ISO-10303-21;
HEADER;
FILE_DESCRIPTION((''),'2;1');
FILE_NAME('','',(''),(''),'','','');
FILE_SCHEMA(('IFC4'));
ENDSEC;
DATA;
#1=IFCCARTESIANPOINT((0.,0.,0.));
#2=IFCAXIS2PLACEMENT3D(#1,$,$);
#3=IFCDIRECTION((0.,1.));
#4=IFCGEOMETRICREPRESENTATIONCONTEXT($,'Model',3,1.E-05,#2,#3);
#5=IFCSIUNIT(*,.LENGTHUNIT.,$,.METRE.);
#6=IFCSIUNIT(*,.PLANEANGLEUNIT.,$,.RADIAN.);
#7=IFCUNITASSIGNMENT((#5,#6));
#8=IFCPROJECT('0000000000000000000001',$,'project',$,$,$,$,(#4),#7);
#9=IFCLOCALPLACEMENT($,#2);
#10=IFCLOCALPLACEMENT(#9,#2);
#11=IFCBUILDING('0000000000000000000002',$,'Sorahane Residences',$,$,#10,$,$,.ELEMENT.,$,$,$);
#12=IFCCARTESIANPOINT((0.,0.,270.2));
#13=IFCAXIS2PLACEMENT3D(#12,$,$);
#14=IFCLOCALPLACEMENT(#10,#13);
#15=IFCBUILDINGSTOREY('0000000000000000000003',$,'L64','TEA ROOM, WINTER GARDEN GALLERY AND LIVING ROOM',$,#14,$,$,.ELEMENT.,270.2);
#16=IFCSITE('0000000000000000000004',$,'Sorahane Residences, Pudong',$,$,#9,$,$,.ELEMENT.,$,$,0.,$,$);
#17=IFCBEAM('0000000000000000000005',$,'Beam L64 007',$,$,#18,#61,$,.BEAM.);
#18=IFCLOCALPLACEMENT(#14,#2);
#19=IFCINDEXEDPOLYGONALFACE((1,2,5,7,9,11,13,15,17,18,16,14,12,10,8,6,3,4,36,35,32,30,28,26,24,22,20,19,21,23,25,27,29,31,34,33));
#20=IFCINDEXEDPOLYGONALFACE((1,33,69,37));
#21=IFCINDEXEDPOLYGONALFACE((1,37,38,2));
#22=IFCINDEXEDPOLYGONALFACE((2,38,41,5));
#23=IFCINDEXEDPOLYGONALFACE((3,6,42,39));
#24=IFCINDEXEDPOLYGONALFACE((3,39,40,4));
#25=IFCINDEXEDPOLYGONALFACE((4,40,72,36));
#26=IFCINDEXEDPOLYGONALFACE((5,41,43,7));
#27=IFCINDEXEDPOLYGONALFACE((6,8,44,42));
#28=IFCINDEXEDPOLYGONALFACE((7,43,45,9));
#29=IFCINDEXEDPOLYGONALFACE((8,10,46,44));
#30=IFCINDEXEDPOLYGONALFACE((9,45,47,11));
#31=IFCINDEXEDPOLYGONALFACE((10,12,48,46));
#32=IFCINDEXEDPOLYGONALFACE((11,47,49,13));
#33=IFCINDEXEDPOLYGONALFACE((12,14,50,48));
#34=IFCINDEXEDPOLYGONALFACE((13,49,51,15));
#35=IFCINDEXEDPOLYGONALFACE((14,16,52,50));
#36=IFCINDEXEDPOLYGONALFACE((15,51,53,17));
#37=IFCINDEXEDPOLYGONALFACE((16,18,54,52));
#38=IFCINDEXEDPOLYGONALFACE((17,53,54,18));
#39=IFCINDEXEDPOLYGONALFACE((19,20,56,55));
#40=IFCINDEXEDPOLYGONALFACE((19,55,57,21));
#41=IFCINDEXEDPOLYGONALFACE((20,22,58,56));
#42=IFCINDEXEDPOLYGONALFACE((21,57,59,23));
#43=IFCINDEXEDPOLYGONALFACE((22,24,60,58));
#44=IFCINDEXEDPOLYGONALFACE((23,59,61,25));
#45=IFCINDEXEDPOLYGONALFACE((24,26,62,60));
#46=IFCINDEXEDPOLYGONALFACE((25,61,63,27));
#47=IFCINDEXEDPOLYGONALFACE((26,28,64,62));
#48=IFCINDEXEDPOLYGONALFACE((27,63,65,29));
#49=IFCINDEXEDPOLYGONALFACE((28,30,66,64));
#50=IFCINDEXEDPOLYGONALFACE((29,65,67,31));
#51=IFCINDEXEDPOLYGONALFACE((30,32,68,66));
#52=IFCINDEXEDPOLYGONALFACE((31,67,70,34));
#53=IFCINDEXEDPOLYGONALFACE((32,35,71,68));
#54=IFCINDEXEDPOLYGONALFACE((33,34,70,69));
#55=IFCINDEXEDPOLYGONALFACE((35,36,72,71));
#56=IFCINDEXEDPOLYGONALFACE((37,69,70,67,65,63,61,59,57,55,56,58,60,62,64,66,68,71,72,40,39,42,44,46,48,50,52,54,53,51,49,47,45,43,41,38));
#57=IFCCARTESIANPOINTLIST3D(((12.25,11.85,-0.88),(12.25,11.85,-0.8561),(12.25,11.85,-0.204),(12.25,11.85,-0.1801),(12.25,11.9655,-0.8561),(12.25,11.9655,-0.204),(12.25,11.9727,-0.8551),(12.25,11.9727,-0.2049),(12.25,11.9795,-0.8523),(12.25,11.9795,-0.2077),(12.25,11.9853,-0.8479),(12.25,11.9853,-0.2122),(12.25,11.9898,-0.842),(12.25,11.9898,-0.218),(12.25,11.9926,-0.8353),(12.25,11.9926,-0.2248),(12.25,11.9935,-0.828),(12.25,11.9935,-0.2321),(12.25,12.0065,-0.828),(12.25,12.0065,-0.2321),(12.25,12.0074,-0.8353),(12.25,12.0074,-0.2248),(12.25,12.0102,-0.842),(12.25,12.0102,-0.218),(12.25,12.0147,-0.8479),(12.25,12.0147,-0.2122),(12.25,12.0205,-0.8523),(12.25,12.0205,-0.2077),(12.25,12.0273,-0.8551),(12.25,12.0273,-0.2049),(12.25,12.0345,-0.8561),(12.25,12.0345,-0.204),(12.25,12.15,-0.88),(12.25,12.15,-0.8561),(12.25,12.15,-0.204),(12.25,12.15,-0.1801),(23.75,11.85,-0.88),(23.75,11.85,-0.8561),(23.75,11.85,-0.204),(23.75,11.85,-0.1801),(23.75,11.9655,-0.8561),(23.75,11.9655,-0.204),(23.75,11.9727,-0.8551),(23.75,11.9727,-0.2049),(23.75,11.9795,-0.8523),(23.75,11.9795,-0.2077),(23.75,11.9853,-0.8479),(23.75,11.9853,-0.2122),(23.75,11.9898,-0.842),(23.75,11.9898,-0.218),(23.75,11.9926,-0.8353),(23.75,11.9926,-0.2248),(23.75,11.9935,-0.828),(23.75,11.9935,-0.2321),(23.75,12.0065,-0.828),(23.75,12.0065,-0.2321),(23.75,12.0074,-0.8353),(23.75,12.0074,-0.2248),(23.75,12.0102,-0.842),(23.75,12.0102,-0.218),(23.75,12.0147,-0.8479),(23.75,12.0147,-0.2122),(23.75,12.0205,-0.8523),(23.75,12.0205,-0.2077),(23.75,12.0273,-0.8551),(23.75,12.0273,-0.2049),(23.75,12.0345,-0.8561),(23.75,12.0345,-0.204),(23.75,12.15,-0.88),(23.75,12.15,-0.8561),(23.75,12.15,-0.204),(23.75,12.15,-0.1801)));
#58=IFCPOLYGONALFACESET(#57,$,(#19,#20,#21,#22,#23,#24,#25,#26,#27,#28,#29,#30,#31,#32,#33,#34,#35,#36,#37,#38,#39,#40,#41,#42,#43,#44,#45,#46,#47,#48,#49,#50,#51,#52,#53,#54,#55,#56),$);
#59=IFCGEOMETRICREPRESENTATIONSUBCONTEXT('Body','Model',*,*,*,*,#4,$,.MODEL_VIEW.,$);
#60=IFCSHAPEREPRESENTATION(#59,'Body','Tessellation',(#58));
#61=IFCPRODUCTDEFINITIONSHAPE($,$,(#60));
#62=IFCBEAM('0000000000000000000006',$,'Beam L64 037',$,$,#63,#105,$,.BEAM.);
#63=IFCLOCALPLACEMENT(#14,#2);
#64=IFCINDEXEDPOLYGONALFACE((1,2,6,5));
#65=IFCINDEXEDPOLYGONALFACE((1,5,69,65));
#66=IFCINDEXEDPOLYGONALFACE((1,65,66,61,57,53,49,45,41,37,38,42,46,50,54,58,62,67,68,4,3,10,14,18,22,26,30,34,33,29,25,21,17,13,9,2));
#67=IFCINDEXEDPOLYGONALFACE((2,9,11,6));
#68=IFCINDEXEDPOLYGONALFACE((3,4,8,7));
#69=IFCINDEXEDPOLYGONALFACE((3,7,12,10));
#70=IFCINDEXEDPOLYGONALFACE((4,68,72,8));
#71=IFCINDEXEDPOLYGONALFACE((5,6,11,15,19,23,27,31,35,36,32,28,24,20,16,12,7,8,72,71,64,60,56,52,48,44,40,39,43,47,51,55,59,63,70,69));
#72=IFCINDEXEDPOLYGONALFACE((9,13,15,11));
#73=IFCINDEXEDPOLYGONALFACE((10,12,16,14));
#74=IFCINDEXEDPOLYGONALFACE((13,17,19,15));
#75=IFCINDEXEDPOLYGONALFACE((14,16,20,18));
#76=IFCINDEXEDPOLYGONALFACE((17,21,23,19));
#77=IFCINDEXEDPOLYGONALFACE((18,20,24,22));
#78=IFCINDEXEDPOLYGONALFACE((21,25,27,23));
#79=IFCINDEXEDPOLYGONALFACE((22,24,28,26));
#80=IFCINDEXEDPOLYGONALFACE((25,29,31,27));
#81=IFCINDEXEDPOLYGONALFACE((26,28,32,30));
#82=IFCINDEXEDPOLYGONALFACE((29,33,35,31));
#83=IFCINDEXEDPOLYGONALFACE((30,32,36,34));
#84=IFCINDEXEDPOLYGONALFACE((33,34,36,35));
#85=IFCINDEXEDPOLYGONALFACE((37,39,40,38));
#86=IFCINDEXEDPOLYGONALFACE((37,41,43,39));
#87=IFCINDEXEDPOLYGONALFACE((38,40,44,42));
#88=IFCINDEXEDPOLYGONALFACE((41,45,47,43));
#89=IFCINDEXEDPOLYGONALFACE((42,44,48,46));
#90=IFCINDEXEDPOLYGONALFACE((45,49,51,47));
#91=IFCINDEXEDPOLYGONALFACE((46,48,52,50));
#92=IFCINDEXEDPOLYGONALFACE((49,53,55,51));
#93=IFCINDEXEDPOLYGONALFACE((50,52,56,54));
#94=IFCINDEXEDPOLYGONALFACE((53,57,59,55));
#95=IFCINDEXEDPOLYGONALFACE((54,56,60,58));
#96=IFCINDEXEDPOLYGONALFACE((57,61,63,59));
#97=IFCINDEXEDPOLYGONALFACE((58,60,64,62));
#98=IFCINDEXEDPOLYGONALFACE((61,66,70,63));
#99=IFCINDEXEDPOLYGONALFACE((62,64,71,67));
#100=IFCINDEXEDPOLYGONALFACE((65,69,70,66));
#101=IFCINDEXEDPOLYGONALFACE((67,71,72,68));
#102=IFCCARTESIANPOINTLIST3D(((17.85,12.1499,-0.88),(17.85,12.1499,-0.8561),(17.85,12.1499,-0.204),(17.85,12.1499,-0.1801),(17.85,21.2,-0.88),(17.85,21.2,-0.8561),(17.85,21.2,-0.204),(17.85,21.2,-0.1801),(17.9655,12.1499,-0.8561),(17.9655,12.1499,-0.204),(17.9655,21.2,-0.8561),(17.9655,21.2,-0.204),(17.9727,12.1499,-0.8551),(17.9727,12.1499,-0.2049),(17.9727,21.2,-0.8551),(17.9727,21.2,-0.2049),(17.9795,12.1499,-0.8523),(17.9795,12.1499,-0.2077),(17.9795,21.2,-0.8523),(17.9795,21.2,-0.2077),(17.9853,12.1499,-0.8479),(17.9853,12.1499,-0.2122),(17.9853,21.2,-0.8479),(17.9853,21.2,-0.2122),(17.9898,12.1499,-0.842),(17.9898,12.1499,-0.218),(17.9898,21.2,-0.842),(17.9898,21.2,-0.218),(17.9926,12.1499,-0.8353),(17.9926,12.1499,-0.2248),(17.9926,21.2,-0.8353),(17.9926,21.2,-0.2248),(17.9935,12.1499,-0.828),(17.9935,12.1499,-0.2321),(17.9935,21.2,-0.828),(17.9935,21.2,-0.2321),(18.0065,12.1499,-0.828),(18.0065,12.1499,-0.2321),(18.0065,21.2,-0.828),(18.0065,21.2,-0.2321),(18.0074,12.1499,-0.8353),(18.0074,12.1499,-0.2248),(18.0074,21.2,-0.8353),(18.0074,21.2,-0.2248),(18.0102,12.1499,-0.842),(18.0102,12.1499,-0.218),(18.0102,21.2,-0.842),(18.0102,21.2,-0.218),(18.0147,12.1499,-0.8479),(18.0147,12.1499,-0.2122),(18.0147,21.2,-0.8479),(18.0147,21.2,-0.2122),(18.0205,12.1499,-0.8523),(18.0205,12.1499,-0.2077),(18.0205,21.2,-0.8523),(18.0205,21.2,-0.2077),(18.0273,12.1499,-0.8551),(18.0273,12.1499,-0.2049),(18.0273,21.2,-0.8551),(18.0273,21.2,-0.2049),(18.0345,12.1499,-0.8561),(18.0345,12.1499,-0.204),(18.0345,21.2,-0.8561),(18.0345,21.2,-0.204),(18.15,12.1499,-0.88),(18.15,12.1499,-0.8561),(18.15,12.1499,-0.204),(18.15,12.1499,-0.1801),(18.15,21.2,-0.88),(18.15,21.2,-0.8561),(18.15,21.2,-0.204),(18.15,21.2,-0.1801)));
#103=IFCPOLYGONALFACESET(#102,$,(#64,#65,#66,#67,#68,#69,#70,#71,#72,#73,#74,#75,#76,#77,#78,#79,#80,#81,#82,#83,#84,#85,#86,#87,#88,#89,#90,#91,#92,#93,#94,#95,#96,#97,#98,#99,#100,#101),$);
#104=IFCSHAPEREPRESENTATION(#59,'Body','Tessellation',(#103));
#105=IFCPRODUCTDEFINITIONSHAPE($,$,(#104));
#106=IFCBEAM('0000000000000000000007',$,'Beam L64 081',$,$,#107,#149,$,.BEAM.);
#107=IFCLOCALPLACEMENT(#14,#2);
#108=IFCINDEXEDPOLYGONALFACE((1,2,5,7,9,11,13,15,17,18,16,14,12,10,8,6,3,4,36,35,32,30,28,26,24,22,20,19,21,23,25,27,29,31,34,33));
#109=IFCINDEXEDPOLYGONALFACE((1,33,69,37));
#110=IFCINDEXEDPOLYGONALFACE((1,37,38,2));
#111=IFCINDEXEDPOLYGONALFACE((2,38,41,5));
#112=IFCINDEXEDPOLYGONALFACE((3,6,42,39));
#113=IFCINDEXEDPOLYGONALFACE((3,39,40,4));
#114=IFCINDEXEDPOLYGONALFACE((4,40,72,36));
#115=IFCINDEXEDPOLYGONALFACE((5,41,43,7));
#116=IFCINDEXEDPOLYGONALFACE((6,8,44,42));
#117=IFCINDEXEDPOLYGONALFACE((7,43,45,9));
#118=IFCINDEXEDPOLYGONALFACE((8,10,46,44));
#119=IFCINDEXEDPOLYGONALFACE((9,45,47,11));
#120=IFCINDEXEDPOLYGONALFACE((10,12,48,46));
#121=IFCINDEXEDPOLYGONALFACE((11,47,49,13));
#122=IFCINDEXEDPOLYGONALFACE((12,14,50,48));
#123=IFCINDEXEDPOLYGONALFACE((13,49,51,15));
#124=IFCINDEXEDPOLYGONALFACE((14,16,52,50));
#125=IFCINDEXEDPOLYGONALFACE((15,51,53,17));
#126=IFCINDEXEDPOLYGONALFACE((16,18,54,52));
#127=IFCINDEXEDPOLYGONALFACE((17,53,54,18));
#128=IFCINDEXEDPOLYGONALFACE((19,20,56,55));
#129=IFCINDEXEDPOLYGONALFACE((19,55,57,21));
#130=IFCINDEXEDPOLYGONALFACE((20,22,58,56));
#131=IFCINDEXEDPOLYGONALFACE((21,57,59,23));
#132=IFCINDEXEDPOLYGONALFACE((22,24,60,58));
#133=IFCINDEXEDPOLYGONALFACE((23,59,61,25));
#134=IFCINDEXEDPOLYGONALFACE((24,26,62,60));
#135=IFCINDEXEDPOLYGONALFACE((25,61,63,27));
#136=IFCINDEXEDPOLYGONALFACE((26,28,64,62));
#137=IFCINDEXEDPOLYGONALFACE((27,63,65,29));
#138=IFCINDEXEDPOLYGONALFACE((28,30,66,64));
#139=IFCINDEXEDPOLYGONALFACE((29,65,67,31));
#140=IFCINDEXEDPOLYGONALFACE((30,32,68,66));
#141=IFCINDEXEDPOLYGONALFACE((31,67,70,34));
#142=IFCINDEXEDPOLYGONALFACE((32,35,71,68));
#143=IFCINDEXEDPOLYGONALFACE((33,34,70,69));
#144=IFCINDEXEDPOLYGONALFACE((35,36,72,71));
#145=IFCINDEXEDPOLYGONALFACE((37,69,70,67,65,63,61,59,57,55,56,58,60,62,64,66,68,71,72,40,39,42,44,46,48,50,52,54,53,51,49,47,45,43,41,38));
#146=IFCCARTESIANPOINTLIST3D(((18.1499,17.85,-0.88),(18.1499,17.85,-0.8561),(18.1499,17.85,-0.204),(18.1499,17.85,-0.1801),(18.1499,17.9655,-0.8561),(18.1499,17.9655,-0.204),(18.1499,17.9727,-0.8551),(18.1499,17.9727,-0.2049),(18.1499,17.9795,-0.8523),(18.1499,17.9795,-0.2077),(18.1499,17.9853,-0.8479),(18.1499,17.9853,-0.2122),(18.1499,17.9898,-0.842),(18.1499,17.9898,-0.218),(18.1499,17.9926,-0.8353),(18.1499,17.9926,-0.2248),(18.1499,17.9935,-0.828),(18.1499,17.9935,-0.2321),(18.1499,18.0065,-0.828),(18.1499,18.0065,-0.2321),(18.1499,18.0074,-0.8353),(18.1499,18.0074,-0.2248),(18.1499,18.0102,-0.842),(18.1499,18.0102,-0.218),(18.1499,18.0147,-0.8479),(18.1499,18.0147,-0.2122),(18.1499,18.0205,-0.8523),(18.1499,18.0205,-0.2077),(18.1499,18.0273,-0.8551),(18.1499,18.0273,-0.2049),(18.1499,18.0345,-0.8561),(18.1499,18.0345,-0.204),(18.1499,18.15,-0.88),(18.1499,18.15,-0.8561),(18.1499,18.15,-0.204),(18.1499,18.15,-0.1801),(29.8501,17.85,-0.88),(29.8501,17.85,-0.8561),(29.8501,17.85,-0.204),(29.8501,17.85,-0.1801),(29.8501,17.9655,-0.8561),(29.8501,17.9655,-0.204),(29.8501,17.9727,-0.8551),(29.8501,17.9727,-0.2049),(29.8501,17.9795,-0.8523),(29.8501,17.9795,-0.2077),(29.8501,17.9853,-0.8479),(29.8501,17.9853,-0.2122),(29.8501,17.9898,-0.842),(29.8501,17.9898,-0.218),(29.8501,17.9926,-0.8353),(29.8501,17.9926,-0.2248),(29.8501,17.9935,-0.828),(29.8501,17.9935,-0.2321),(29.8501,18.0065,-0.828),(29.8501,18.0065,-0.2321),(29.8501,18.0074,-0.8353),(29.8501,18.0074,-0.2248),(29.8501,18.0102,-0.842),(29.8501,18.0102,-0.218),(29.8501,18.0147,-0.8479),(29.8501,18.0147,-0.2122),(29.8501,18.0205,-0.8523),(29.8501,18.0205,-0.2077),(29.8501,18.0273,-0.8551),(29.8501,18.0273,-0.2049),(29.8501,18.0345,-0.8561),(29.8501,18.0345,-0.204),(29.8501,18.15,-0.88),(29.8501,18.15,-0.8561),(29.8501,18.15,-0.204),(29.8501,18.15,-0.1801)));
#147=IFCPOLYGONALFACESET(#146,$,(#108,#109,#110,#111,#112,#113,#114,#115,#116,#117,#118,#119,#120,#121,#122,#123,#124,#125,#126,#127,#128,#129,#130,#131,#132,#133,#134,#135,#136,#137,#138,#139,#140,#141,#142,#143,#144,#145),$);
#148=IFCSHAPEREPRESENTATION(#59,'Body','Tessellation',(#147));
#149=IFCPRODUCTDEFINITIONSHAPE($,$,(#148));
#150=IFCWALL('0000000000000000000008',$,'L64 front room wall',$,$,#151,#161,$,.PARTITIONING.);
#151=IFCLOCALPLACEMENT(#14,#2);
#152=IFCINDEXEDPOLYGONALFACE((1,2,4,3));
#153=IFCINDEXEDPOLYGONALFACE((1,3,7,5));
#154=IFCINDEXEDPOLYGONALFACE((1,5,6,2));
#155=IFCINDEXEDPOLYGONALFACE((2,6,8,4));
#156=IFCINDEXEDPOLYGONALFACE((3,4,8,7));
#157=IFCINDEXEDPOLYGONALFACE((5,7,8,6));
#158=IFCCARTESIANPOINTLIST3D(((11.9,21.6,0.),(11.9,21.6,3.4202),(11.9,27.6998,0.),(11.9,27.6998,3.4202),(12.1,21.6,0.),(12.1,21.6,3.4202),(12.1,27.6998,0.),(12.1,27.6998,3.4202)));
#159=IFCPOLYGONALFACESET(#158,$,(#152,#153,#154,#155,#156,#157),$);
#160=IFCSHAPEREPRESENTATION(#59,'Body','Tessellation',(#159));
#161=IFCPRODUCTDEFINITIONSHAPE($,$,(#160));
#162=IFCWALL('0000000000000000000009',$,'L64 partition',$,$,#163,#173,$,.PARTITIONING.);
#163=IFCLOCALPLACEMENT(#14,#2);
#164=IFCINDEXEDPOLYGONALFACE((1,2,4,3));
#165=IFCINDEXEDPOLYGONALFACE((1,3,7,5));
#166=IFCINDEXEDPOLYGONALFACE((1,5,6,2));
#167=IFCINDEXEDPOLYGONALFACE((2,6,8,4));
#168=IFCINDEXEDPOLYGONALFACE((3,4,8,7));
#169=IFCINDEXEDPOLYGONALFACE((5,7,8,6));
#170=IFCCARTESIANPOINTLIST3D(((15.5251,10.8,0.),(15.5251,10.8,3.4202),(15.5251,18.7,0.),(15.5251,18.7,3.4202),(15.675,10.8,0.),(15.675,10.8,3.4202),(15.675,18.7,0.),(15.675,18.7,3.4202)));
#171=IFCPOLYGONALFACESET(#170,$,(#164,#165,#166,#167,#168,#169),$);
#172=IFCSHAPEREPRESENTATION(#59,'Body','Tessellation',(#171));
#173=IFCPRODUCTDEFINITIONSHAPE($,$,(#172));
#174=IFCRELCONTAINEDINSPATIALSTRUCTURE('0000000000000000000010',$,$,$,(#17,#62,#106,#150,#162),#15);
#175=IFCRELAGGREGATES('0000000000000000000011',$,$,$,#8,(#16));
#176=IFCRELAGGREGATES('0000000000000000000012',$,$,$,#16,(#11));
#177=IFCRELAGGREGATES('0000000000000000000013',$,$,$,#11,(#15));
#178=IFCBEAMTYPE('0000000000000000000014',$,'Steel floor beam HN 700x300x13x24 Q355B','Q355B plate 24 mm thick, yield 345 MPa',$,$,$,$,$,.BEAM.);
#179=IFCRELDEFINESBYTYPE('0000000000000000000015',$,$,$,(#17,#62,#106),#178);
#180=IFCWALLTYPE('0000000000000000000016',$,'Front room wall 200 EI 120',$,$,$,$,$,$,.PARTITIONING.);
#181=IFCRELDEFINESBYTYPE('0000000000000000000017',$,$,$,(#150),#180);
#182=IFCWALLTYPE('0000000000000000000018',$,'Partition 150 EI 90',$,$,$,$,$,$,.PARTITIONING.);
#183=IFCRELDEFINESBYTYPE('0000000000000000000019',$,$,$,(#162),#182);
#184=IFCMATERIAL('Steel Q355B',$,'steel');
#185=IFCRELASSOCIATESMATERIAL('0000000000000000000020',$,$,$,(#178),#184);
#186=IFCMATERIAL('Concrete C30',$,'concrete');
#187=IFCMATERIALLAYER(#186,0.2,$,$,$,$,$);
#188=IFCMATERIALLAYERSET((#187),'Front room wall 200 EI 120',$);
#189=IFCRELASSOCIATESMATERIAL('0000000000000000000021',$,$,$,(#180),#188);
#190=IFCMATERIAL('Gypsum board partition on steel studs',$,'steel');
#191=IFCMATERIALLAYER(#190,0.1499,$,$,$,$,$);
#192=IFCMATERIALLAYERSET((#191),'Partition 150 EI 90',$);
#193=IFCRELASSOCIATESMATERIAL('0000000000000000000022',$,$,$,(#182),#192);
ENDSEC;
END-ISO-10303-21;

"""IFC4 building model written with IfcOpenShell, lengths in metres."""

from ifc_helpers import new_model, si_unit, direction, frame, frame_2d, origin, origin_2d, place, context, subcontext, project, spatial, rectangle, i_section, extrude, material, layer, layer_set, material_profile, profile_set, type_object, element, save


model = new_model("IFC4")

# Units and contexts
model_context = context("Model", 3, precision=1e-05, world=origin(), true_north=direction((0.0, 1.0)))
body_context = subcontext(model_context, "Body", "Model", "MODEL_VIEW")
ifc_project = project(units=[si_unit("LENGTHUNIT", "METRE"), si_unit("PLANEANGLEUNIT", "RADIAN")], contexts=[model_context])

# Site, building, storey
site_placement = place(None, origin())
site = spatial("IfcSite", under=ifc_project, at=site_placement, Name="Sorahane Residences, Pudong", CompositionType="ELEMENT", RefElevation=0.0)
building_placement = place(site_placement, origin())
building = spatial("IfcBuilding", under=site, at=building_placement, Name="Sorahane Residences", CompositionType="ELEMENT")
storey_placement = place(building_placement, frame((0.0, 0.0, 270.2)))
storey = spatial("IfcBuildingStorey", under=building, at=storey_placement, Name="L64", Description="TEA ROOM, WINTER GARDEN GALLERY AND LIVING ROOM", CompositionType="ELEMENT", Elevation=270.2)

# Beams
ifc_material_1 = material(Name="Steel Q355B", Category="steel")
ifc_material_profile_1 = material_profile(ifc_material_1, i_section(OverallWidth=0.3, OverallDepth=0.7, WebThickness=0.0129, FlangeThickness=0.0239, FilletRadius=0.0281, at=origin_2d()), Name="HN 700x300x13x24")
ifc_profile_set_1 = profile_set([ifc_material_profile_1], Name="Steel Q355B")
beam_type_1 = type_object("IfcBeamType", Name="Steel floor beam HN 700x300x13x24 Q355B", Description="Q355B plate 24 mm thick, yield 345 MPa", PredefinedType="BEAM", material=ifc_profile_set_1)
beam_1_placement = place(storey_placement, frame((12.25, 12.0, -0.53), z_axis=(1.0, 0.0, 0.0), x_axis=(0.0, 1.0, 0.0)))
element("IfcBeam", 1, at=beam_1_placement, inside=storey, type_object=beam_type_1, Name="Beam L64 007", PredefinedType="BEAM", context=body_context, shape_type="SweptSolid", body=[
    extrude(i_section(OverallWidth=0.3, OverallDepth=0.7, WebThickness=0.0129, FlangeThickness=0.0239, FilletRadius=0.0281, at=origin_2d()), origin(), (0.0, 0.0, 1.0), 11.5),
])
beam_2_placement = place(storey_placement, frame((18.0, 12.1499, -0.53), z_axis=(0.0, 1.0, 0.0), x_axis=(-1.0, 0.0, 0.0)))
element("IfcBeam", 2, at=beam_2_placement, inside=storey, type_object=beam_type_1, Name="Beam L64 037", PredefinedType="BEAM", context=body_context, shape_type="SweptSolid", body=[
    extrude(i_section(OverallWidth=0.3, OverallDepth=0.7, WebThickness=0.0129, FlangeThickness=0.0239, FilletRadius=0.0281, at=origin_2d()), origin(), (0.0, 0.0, 1.0), 9.05),
])
beam_3_placement = place(storey_placement, frame((18.1499, 18.0, -0.53), z_axis=(1.0, 0.0, 0.0), x_axis=(0.0, 1.0, 0.0)))
element("IfcBeam", 3, at=beam_3_placement, inside=storey, type_object=beam_type_1, Name="Beam L64 081", PredefinedType="BEAM", context=body_context, shape_type="SweptSolid", body=[
    extrude(i_section(OverallWidth=0.3, OverallDepth=0.7, WebThickness=0.0129, FlangeThickness=0.0239, FilletRadius=0.0281, at=origin_2d()), origin(), (0.0, 0.0, 1.0), 11.7002),
])

# Walls
ifc_material_2 = material(Name="Concrete C30", Category="concrete")
ifc_layer_1 = layer(ifc_material_2, 0.2)
ifc_layer_set_1 = layer_set([ifc_layer_1], Name="Front room wall 200 EI 120")
wall_type_1 = type_object("IfcWallType", Name="Front room wall 200 EI 120", PredefinedType="PARTITIONING", material=ifc_layer_set_1)
wall_1_placement = place(storey_placement, frame((12.0, 21.6001, 0.0), z_axis=(0.0, 0.0, 1.0), x_axis=(0.0, 1.0, 0.0)))
element("IfcWall", 4, at=wall_1_placement, inside=storey, type_object=wall_type_1, Name="L64 front room wall", PredefinedType="PARTITIONING", context=body_context, shape_type="SweptSolid", body=[
    extrude(rectangle(XDim=6.0999, YDim=0.2, at=frame_2d((3.0498, 0.0))), origin(), (0.0, 0.0, 1.0), 3.4202),
])
ifc_material_3 = material(Name="Gypsum board partition on steel studs", Category="steel")
ifc_layer_2 = layer(ifc_material_3, 0.1499)
ifc_layer_set_2 = layer_set([ifc_layer_2], Name="Partition 150 EI 90")
wall_type_2 = type_object("IfcWallType", Name="Partition 150 EI 90", PredefinedType="PARTITIONING", material=ifc_layer_set_2)
wall_2_placement = place(storey_placement, frame((15.6001, 10.8, 0.0), z_axis=(0.0, 0.0, 1.0), x_axis=(0.0, 1.0, 0.0)))
element("IfcWall", 5, at=wall_2_placement, inside=storey, type_object=wall_type_2, Name="L64 partition", PredefinedType="PARTITIONING", context=body_context, shape_type="SweptSolid", body=[
    extrude(rectangle(XDim=7.8999, YDim=0.1499, at=frame_2d((3.95, 0.0))), origin(), (0.0, 0.0, 1.0), 3.4202),
])

save(model, "model.ifc")
